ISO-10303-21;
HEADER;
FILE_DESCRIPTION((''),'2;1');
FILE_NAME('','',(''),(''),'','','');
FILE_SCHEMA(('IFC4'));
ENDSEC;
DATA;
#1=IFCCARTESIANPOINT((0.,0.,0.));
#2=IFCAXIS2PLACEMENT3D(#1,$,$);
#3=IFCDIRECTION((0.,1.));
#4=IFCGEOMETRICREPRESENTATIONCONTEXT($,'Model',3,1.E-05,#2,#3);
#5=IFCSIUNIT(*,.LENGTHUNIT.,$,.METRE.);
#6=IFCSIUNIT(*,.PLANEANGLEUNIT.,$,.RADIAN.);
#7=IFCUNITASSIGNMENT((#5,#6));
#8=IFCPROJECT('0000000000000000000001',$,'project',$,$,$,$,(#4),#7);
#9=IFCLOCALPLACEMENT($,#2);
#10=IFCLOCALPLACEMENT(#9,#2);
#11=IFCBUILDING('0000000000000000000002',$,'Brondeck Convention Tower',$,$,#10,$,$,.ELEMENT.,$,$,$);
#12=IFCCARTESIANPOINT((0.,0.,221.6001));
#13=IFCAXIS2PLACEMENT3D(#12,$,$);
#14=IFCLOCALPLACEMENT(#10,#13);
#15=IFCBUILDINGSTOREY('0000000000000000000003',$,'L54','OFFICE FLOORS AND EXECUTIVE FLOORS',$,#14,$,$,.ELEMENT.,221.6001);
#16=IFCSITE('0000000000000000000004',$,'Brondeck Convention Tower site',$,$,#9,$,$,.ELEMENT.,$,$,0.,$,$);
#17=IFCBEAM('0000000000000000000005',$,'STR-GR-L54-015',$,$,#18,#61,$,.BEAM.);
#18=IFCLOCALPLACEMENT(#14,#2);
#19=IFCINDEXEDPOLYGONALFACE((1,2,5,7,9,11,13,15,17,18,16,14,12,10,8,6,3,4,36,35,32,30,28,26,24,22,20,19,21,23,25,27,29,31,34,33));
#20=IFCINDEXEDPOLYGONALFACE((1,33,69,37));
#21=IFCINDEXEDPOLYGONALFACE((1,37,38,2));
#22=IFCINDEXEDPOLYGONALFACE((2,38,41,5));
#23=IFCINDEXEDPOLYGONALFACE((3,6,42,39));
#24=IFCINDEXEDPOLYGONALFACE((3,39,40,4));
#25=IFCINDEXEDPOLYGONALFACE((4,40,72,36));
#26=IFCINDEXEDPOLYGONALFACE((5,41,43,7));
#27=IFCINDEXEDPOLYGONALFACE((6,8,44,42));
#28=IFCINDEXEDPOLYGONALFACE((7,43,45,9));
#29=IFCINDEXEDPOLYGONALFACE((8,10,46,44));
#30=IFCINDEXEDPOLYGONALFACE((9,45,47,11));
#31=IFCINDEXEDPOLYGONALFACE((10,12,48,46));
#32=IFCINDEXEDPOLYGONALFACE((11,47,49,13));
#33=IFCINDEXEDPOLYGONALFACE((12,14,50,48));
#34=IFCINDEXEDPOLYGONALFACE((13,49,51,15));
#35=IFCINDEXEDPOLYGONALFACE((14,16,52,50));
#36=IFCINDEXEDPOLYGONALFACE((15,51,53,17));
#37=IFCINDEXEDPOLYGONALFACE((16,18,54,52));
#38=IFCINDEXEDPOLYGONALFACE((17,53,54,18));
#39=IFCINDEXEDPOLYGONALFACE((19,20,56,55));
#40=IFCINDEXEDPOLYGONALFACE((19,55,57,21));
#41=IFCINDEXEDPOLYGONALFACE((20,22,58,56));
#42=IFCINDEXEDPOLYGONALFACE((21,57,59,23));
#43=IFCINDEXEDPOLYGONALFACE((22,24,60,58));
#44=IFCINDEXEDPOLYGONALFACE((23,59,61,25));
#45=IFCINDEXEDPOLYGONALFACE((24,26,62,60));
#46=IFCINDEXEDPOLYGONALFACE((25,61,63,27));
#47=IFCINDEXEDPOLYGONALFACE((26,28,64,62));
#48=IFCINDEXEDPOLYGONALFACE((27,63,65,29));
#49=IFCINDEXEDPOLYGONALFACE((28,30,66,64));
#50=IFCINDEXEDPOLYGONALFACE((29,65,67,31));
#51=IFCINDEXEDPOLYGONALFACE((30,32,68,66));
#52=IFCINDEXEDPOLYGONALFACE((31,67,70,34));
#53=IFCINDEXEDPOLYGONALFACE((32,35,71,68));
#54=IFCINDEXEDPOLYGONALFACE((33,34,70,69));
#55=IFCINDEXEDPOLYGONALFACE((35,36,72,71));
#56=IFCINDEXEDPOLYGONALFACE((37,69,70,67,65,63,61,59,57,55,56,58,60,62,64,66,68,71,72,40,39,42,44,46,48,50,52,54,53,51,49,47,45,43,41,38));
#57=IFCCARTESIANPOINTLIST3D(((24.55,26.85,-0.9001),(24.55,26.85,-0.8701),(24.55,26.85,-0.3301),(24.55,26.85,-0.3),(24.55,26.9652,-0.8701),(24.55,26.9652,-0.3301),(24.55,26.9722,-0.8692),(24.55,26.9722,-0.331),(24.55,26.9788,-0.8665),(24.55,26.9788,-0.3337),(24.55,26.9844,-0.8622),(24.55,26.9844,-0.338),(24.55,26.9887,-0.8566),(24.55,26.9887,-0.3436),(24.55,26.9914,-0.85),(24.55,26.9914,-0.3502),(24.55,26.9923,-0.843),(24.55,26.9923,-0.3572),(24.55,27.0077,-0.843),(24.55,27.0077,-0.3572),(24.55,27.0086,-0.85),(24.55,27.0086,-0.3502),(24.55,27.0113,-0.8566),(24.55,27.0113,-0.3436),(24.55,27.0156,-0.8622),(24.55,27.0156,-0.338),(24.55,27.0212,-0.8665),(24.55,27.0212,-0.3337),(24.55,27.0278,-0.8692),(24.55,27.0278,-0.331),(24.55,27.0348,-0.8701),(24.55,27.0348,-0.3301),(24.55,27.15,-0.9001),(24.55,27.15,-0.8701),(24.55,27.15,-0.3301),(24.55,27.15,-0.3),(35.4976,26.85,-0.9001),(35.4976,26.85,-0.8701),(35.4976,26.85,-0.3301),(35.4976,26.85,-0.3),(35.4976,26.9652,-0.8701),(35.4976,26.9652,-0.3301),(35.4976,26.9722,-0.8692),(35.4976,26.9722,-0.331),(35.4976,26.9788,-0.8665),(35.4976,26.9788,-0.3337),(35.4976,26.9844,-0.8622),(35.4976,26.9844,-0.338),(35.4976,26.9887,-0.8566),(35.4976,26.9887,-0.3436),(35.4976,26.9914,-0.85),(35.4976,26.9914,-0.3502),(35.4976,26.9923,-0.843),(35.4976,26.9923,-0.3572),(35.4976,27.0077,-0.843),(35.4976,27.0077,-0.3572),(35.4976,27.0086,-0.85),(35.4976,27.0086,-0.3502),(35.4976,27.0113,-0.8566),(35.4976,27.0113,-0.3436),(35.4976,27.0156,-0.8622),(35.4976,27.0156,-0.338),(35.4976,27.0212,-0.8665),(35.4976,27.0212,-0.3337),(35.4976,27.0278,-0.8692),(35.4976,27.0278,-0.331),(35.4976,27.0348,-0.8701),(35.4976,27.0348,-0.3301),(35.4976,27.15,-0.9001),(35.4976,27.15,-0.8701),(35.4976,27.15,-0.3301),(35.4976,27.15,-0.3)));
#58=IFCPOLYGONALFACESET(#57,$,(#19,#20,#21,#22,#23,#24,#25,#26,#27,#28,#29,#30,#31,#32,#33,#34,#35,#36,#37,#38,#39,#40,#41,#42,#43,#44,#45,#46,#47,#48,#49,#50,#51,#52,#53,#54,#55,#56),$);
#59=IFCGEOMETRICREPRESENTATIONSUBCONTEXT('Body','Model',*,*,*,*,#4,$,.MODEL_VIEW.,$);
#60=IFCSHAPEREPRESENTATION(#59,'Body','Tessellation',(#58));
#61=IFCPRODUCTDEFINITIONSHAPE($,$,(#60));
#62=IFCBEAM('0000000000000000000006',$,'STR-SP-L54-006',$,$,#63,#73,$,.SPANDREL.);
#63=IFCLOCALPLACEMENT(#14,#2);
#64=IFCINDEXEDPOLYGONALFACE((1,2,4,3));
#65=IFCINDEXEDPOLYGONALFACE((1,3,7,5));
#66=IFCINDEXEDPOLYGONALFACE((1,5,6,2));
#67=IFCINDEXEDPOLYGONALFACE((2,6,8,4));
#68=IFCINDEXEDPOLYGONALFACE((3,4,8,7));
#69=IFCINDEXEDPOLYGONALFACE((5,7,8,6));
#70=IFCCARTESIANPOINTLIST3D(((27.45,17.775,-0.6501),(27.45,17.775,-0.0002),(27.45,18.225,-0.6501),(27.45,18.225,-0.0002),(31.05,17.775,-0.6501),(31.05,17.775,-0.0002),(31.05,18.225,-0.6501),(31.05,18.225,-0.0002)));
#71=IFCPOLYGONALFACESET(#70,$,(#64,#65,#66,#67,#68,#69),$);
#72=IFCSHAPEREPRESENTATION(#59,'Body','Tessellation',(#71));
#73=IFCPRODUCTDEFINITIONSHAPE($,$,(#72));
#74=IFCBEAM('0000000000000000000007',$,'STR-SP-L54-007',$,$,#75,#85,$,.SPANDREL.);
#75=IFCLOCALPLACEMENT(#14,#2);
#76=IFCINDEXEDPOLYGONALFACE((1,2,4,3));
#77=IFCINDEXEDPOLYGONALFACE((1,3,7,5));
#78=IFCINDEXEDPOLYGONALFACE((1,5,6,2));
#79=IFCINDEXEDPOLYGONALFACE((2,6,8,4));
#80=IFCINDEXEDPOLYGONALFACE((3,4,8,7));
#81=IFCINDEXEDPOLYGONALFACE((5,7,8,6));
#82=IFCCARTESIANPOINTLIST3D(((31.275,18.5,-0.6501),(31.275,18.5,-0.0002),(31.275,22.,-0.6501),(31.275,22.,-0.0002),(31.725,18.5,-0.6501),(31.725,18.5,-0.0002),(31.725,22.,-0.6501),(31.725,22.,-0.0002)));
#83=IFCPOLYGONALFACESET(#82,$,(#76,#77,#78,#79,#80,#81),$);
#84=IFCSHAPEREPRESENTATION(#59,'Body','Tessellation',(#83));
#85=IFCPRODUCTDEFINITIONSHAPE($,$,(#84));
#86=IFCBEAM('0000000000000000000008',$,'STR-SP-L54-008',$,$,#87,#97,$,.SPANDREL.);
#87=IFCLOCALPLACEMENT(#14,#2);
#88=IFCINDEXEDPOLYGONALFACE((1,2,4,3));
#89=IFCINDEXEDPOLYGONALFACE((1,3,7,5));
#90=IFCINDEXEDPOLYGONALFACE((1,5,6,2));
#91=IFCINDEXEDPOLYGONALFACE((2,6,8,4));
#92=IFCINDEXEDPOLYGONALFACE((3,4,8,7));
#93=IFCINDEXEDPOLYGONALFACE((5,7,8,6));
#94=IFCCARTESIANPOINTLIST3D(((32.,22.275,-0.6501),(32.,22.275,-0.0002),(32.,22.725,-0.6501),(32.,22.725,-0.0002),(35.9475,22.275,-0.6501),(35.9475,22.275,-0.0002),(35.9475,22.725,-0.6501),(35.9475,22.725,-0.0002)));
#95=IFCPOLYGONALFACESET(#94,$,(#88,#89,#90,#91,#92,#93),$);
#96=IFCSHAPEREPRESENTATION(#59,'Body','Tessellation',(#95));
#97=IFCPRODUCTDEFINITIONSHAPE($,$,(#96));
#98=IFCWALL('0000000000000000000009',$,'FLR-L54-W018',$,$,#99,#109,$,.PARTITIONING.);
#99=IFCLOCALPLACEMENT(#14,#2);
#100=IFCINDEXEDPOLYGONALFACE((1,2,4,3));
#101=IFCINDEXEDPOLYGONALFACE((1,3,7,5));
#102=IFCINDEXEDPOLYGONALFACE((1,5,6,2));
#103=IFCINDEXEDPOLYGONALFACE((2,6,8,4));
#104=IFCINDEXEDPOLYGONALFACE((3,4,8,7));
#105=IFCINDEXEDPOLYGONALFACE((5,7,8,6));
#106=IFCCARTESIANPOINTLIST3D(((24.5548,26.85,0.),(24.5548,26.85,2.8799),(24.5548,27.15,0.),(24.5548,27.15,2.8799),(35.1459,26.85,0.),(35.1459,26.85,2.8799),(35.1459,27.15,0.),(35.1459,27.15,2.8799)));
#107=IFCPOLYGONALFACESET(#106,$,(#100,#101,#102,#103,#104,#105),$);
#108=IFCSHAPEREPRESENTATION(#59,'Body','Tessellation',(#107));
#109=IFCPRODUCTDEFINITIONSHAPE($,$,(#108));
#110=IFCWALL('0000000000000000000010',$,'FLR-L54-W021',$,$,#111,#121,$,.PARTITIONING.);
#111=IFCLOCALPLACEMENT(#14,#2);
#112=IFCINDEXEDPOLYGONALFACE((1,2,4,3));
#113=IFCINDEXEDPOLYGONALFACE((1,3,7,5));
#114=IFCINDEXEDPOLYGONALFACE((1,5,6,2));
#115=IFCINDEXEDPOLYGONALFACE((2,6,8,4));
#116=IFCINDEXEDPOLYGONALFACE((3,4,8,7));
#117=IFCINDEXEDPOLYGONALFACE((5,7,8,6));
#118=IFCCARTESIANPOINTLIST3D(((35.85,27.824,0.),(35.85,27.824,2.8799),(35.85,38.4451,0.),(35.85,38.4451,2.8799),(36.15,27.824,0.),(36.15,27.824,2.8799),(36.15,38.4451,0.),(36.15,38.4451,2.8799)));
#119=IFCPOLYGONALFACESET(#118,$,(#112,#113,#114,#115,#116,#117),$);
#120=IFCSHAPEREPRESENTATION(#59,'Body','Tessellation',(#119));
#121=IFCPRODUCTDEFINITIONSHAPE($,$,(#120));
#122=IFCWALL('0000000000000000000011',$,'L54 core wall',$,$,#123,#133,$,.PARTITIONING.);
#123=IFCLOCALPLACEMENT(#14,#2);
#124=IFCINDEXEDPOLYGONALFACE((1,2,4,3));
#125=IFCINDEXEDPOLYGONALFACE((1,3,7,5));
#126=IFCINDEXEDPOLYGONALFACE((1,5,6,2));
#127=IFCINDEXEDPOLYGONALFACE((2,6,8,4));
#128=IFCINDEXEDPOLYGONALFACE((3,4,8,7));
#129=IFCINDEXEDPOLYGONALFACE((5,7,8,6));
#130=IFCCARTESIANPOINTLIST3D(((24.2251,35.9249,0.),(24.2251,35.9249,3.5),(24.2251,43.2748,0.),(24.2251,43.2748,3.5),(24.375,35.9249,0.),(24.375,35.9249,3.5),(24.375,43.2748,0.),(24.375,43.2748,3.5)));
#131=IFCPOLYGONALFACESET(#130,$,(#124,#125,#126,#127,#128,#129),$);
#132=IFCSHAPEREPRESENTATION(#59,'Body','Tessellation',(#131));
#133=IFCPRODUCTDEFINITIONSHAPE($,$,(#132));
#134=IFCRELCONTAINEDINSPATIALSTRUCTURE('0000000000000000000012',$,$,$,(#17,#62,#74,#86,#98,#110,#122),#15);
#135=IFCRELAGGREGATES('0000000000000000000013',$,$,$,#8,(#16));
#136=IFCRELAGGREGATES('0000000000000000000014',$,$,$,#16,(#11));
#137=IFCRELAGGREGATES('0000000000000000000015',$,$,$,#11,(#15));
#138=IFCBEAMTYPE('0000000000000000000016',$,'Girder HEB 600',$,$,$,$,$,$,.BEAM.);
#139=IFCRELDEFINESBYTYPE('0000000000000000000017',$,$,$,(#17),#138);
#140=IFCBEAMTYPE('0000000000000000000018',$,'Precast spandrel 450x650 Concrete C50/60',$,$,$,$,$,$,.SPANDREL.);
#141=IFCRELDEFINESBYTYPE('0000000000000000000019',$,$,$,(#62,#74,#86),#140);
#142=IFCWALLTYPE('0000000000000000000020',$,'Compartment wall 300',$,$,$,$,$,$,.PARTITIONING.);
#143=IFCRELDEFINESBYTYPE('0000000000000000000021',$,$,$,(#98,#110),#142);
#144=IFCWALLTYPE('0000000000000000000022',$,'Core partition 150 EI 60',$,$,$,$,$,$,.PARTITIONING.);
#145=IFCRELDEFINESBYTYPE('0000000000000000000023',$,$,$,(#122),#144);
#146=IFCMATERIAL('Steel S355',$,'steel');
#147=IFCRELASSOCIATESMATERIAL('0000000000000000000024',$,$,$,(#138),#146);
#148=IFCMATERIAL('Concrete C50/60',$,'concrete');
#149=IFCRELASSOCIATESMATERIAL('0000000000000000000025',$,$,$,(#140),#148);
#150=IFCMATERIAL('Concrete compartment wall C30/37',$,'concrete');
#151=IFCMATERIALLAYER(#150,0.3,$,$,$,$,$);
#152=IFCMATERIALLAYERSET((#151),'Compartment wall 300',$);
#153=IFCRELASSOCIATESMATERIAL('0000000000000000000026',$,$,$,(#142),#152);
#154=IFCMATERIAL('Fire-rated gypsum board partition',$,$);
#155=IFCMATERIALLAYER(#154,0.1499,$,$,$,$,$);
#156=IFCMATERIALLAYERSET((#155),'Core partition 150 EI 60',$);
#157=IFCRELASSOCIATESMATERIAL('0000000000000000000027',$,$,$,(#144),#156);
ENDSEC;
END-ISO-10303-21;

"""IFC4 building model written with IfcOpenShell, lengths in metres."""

from ifc_helpers import new_model, si_unit, direction, frame, frame_2d, origin, origin_2d, place, context, subcontext, project, spatial, rectangle, i_section, extrude, material, layer, layer_set, material_profile, profile_set, type_object, element, save


model = new_model("IFC4")

# Units and contexts
model_context = context("Model", 3, precision=1e-05, world=origin(), true_north=direction((0.0, 1.0)))
body_context = subcontext(model_context, "Body", "Model", "MODEL_VIEW")
ifc_project = project(units=[si_unit("LENGTHUNIT", "METRE"), si_unit("PLANEANGLEUNIT", "RADIAN")], contexts=[model_context])

# Site, building, storey
site_placement = place(None, origin())
site = spatial("IfcSite", under=ifc_project, at=site_placement, Name="Brondeck Convention Tower site", CompositionType="ELEMENT", RefElevation=0.0)
building_placement = place(site_placement, origin())
building = spatial("IfcBuilding", under=site, at=building_placement, Name="Brondeck Convention Tower", CompositionType="ELEMENT")
storey_placement = place(building_placement, frame((0.0, 0.0, 221.6001)))
storey = spatial("IfcBuildingStorey", under=building, at=storey_placement, Name="L54", Description="OFFICE FLOORS AND EXECUTIVE FLOORS", CompositionType="ELEMENT", Elevation=221.6001)

# Shared definitions
ifc_material_1 = material(Name="Concrete C50/60", Category="concrete")

# Beams
ifc_material_2 = material(Name="Steel S355", Category="steel")
ifc_material_profile_1 = material_profile(ifc_material_2, i_section(OverallWidth=0.3, OverallDepth=0.6001, WebThickness=0.0154, FlangeThickness=0.03, FilletRadius=0.0271, at=origin_2d()), Name="HEB 600")
ifc_profile_set_1 = profile_set([ifc_material_profile_1], Name="Steel S355")
beam_type_1 = type_object("IfcBeamType", Name="Girder HEB 600", PredefinedType="BEAM", material=ifc_profile_set_1)
beam_1_placement = place(storey_placement, frame((24.55, 27.0, -0.6001), z_axis=(1.0, 0.0, 0.0), x_axis=(0.0, 1.0, 0.0)))
element("IfcBeam", 1, at=beam_1_placement, inside=storey, type_object=beam_type_1, Name="STR-GR-L54-015", PredefinedType="BEAM", context=body_context, shape_type="SweptSolid", body=[
    extrude(i_section(OverallWidth=0.3, OverallDepth=0.6001, WebThickness=0.0154, FlangeThickness=0.03, FilletRadius=0.0271, at=origin_2d()), origin(), (0.0, 0.0, 1.0), 10.9475),
])
ifc_material_profile_2 = material_profile(ifc_material_1, rectangle(XDim=0.45, YDim=0.6499, at=origin_2d()), Name="Precast spandrel 450x650 Concrete C50/60")
ifc_profile_set_2 = profile_set([ifc_material_profile_2], Name="Concrete C50/60")
beam_type_2 = type_object("IfcBeamType", Name="Precast spandrel 450x650 Concrete C50/60", PredefinedType="SPANDREL", material=ifc_profile_set_2)
beam_2_placement = place(storey_placement, frame((27.45, 18.0, -0.3252), z_axis=(1.0, 0.0, 0.0), x_axis=(0.0, 1.0, 0.0)))
element("IfcBeam", 2, at=beam_2_placement, inside=storey, type_object=beam_type_2, Name="STR-SP-L54-006", PredefinedType="SPANDREL", context=body_context, shape_type="SweptSolid", body=[
    extrude(rectangle(XDim=0.45, YDim=0.6499, at=origin_2d()), origin(), (0.0, 0.0, 1.0), 3.6001),
])
beam_3_placement = place(storey_placement, frame((31.5, 18.5, -0.3252), z_axis=(0.0, 1.0, 0.0), x_axis=(-1.0, 0.0, 0.0)))
element("IfcBeam", 3, at=beam_3_placement, inside=storey, type_object=beam_type_2, Name="STR-SP-L54-007", PredefinedType="SPANDREL", context=body_context, shape_type="SweptSolid", body=[
    extrude(rectangle(XDim=0.45, YDim=0.6499, at=origin_2d()), origin(), (0.0, 0.0, 1.0), 3.5),
])
beam_4_placement = place(storey_placement, frame((32.0, 22.5, -0.3252), z_axis=(1.0, 0.0, 0.0), x_axis=(0.0, 1.0, 0.0)))
element("IfcBeam", 4, at=beam_4_placement, inside=storey, type_object=beam_type_2, Name="STR-SP-L54-008", PredefinedType="SPANDREL", context=body_context, shape_type="SweptSolid", body=[
    extrude(rectangle(XDim=0.45, YDim=0.6499, at=origin_2d()), origin(), (0.0, 0.0, 1.0), 3.9475),
])

# Walls
ifc_material_3 = material(Name="Concrete compartment wall C30/37", Category="concrete")
ifc_layer_1 = layer(ifc_material_3, 0.3)
ifc_layer_set_1 = layer_set([ifc_layer_1], Name="Compartment wall 300")
wall_type_1 = type_object("IfcWallType", Name="Compartment wall 300", PredefinedType="PARTITIONING", material=ifc_layer_set_1)
wall_1_placement = place(storey_placement, frame((24.5549, 27.0, 0.0), z_axis=(0.0, 0.0, 1.0), x_axis=(1.0, 0.0, 0.0)))
element("IfcWall", 5, at=wall_1_placement, inside=storey, type_object=wall_type_1, Name="FLR-L54-W018", PredefinedType="PARTITIONING", context=body_context, shape_type="SweptSolid", body=[
    extrude(rectangle(XDim=10.5911, YDim=0.3, at=frame_2d((5.2954, 0.0))), origin(), (0.0, 0.0, 1.0), 2.8799),
])
wall_2_placement = place(storey_placement, frame((36.0, 27.824, 0.0), z_axis=(0.0, 0.0, 1.0), x_axis=(0.0, 1.0, 0.0)))
element("IfcWall", 6, at=wall_2_placement, inside=storey, type_object=wall_type_1, Name="FLR-L54-W021", PredefinedType="PARTITIONING", context=body_context, shape_type="SweptSolid", body=[
    extrude(rectangle(XDim=10.6211, YDim=0.3, at=frame_2d((5.3105, 0.0))), origin(), (0.0, 0.0, 1.0), 2.8799),
])
ifc_material_4 = material(Name="Fire-rated gypsum board partition")
ifc_layer_2 = layer(ifc_material_4, 0.1499)
ifc_layer_set_2 = layer_set([ifc_layer_2], Name="Core partition 150 EI 60")
wall_type_2 = type_object("IfcWallType", Name="Core partition 150 EI 60", PredefinedType="PARTITIONING", material=ifc_layer_set_2)
wall_3_placement = place(storey_placement, frame((24.3, 35.925, 0.0), z_axis=(0.0, 0.0, 1.0), x_axis=(0.0, 1.0, 0.0)))
element("IfcWall", 7, at=wall_3_placement, inside=storey, type_object=wall_type_2, Name="L54 core wall", PredefinedType="PARTITIONING", context=body_context, shape_type="SweptSolid", body=[
    extrude(rectangle(XDim=7.3499, YDim=0.1499, at=frame_2d((3.6748, 0.0))), origin(), (0.0, 0.0, 1.0), 3.5),
])

save(model, "model.ifc")
